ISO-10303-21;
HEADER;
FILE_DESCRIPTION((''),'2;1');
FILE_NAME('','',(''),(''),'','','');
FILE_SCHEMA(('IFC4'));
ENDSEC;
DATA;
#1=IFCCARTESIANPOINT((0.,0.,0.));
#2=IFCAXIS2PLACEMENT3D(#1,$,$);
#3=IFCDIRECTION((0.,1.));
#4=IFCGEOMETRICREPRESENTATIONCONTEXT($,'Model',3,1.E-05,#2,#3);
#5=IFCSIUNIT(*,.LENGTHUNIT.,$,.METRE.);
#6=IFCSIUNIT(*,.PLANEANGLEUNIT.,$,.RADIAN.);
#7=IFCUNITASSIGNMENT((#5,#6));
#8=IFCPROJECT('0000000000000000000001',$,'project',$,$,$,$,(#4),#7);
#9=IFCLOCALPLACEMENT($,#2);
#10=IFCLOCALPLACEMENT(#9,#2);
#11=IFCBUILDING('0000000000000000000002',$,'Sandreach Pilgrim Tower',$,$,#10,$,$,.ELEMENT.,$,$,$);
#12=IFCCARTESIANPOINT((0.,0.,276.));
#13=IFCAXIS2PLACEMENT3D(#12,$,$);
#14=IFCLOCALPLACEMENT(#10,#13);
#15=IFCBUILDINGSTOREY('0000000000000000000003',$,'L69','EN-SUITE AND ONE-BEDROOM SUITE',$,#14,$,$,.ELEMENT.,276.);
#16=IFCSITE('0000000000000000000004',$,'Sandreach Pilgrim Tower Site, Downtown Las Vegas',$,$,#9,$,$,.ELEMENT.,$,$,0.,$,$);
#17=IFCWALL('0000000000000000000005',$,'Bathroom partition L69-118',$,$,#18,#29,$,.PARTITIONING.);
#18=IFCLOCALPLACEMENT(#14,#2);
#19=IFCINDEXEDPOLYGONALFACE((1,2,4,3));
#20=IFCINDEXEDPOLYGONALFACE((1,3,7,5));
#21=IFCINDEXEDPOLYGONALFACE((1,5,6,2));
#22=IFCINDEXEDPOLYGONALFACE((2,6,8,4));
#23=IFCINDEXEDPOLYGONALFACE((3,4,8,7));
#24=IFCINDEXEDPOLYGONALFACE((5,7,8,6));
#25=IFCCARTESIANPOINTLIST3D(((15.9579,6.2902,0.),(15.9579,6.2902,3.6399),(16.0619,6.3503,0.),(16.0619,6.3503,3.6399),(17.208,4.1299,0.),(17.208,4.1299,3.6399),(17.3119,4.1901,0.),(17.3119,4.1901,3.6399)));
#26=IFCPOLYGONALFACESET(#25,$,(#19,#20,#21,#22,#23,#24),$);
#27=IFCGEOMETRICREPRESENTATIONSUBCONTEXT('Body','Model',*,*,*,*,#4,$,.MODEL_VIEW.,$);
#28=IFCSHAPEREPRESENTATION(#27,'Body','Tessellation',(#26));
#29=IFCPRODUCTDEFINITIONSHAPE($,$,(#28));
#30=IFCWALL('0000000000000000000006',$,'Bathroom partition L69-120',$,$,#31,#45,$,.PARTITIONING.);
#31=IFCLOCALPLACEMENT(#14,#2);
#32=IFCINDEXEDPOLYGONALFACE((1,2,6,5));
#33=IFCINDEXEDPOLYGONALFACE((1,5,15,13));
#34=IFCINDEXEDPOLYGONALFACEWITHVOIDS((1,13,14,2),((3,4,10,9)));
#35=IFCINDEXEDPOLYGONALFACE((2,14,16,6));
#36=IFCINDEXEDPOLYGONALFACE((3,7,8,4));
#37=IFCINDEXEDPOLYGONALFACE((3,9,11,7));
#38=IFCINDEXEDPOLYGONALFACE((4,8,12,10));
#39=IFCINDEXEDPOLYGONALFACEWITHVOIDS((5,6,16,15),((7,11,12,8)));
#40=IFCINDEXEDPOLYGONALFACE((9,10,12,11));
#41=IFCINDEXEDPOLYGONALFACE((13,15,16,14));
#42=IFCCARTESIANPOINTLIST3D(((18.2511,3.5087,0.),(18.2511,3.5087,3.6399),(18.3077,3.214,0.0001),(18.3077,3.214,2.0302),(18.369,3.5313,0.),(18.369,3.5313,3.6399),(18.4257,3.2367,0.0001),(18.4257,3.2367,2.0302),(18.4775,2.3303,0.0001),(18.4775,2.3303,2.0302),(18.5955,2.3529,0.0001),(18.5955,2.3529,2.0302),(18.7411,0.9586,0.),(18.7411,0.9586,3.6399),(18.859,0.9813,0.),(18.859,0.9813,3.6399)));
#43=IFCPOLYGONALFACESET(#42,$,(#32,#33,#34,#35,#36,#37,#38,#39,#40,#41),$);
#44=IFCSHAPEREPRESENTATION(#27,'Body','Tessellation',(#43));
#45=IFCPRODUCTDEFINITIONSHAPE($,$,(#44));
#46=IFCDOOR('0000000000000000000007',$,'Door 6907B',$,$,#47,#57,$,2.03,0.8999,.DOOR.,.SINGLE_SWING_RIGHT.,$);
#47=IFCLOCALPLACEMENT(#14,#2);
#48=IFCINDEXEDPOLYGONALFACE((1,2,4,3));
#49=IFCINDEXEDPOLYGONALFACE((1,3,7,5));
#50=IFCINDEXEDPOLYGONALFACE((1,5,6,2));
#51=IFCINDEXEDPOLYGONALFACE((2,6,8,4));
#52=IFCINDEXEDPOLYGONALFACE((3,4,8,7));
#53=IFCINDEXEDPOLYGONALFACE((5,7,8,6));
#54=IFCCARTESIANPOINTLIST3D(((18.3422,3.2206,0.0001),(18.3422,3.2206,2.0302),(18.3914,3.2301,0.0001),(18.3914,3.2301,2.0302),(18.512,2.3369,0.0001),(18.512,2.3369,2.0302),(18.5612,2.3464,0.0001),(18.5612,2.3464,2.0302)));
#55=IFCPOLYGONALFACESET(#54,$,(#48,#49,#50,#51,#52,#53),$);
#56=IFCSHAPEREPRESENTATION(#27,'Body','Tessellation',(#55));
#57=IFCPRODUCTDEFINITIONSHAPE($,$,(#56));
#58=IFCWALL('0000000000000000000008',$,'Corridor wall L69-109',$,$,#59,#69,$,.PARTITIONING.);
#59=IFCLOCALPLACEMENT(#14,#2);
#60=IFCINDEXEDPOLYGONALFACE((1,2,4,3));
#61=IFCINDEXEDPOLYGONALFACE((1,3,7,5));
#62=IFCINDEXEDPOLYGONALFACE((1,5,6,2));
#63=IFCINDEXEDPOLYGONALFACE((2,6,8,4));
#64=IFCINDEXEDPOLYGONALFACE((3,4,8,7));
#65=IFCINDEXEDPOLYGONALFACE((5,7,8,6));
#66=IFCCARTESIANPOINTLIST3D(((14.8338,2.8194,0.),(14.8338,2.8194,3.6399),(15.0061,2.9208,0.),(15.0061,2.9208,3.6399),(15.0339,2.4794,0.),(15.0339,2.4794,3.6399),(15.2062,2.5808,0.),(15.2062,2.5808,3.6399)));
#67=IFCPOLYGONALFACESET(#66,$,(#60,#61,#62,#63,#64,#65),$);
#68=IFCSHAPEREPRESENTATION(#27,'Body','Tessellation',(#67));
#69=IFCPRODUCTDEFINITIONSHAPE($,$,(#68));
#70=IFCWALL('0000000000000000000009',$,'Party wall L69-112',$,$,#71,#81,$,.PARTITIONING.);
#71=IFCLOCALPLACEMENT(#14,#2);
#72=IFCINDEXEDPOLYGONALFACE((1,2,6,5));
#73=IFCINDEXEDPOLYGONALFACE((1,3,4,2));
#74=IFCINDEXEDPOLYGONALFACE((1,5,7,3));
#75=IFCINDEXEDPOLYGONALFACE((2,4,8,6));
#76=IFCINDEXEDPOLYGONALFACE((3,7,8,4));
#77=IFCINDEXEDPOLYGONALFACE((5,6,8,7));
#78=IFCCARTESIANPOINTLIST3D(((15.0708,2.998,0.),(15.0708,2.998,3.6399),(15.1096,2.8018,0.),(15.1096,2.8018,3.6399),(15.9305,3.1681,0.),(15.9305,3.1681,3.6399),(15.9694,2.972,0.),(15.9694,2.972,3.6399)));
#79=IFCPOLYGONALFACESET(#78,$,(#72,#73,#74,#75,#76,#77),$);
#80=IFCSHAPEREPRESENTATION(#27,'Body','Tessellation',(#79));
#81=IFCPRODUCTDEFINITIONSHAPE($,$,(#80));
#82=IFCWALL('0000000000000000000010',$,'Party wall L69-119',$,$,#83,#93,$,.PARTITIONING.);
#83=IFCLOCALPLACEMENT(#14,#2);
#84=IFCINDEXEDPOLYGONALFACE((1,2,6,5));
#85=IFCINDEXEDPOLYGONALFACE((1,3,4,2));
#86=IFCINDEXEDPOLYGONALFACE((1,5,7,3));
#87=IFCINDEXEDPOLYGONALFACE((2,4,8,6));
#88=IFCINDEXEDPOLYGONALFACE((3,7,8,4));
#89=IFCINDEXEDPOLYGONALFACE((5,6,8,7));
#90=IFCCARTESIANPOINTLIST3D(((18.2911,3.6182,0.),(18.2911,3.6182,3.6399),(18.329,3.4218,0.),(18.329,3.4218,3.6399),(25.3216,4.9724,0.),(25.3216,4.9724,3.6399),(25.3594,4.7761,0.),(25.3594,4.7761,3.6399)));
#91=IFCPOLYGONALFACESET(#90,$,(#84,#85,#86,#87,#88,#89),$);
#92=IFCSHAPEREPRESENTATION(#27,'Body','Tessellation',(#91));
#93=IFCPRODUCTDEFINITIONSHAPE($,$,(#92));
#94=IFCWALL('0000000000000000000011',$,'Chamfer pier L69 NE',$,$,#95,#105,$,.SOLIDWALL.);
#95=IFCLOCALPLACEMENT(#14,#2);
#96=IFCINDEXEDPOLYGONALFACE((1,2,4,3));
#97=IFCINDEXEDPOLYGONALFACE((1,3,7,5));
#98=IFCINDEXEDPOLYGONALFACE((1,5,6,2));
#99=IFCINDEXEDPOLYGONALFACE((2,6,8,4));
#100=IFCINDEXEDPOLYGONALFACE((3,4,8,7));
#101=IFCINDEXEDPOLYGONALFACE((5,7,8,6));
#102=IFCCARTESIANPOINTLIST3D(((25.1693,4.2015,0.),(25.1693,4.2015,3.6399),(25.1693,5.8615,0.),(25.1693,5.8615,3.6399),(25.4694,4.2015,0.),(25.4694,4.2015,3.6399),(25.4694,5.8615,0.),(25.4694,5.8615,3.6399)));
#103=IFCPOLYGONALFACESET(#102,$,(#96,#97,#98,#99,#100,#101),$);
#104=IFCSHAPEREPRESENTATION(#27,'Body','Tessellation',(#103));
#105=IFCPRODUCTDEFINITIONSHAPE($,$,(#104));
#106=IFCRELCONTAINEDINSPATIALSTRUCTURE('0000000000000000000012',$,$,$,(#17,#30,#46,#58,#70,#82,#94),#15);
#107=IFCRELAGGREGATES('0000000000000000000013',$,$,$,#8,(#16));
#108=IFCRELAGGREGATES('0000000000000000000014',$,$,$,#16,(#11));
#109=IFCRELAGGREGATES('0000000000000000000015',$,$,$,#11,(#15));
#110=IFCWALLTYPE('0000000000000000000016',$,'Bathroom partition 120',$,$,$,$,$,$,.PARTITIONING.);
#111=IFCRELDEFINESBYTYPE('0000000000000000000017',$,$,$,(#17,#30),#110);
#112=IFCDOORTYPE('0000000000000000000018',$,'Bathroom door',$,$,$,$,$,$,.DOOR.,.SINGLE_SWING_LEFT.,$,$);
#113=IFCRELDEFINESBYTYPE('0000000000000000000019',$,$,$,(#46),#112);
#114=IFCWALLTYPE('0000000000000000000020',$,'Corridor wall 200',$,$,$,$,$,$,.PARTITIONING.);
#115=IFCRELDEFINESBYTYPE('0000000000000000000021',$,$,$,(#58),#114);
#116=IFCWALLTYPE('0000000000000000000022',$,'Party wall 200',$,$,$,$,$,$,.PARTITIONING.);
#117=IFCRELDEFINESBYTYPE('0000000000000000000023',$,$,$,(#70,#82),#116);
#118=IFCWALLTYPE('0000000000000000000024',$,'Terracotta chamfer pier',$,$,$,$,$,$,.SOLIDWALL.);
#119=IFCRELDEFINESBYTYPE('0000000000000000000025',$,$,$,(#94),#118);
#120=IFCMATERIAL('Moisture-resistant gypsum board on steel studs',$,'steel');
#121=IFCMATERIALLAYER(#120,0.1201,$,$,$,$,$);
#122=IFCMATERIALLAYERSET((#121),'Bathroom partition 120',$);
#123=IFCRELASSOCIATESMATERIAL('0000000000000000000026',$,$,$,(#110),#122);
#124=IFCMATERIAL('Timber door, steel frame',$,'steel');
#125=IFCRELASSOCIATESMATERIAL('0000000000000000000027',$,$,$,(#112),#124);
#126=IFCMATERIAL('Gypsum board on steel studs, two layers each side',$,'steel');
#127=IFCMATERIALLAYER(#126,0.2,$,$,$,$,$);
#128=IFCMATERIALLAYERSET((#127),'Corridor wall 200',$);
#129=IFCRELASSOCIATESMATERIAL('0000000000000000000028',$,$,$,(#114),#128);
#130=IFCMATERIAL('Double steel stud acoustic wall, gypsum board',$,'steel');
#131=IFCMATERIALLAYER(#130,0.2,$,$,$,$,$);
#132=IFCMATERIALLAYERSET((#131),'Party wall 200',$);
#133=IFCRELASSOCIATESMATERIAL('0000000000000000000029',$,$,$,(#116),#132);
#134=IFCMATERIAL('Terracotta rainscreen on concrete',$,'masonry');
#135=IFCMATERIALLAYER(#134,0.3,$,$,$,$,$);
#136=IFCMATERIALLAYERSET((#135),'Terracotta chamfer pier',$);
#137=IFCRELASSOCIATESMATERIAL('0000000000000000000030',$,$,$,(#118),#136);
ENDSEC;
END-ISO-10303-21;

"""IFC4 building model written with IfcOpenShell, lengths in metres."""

from ifc_helpers import new_model, si_unit, direction, frame, frame_2d, origin, place, context, subcontext, project, spatial, rectangle, extrude, material, layer, layer_set, type_object, element, fill, save


model = new_model("IFC4")

# Units and contexts
model_context = context("Model", 3, precision=1e-05, world=origin(), true_north=direction((0.0, 1.0)))
body_context = subcontext(model_context, "Body", "Model", "MODEL_VIEW")
ifc_project = project(units=[si_unit("LENGTHUNIT", "METRE"), si_unit("PLANEANGLEUNIT", "RADIAN")], contexts=[model_context])

# Site, building, storey
site_placement = place(None, origin())
site = spatial("IfcSite", under=ifc_project, at=site_placement, Name="Sandreach Pilgrim Tower Site, Downtown Las Vegas", CompositionType="ELEMENT", RefElevation=0.0)
building_placement = place(site_placement, origin())
building = spatial("IfcBuilding", under=site, at=building_placement, Name="Sandreach Pilgrim Tower", CompositionType="ELEMENT")
storey_placement = place(building_placement, frame((0.0, 0.0, 276.0)))
storey = spatial("IfcBuildingStorey", under=building, at=storey_placement, Name="L69", Description="EN-SUITE AND ONE-BEDROOM SUITE", CompositionType="ELEMENT", Elevation=276.0)

# Shared definitions
ifc_material_1 = material(Name="Moisture-resistant gypsum board on steel studs", Category="steel")
ifc_layer_1 = layer(ifc_material_1, 0.1201)
ifc_layer_set_1 = layer_set([ifc_layer_1], Name="Bathroom partition 120")
wall_type_1 = type_object("IfcWallType", Name="Bathroom partition 120", PredefinedType="PARTITIONING", material=ifc_layer_set_1)

# Shared definitions
ifc_material_2 = material(Name="Timber door, steel frame", Category="steel")
door_type_1 = type_object("IfcDoorType", Name="Bathroom door", OperationType="SINGLE_SWING_LEFT", PredefinedType="DOOR", material=ifc_material_2)

# Wall
wall_1_placement = place(storey_placement, frame((17.26, 4.1599, 0.0), z_axis=(0.0, 0.0, 1.0), x_axis=(-0.500851, 0.865533, 0.0)))
element("IfcWall", 1, at=wall_1_placement, inside=storey, type_object=wall_type_1, Name="Bathroom partition L69-118", PredefinedType="PARTITIONING", context=body_context, shape_type="SweptSolid", body=[
    extrude(rectangle(XDim=2.4958, YDim=0.1201, at=frame_2d((1.248, 0.0))), origin(), (0.0, 0.0, 1.0), 3.6399),
])

# Wall, opening, door
wall_2_placement = place(storey_placement, frame((18.8, 0.97, 0.0), z_axis=(0.0, 0.0, 1.0), x_axis=(-0.188697, 0.982035, 0.0)))
wall_2 = element("IfcWall", 2, at=wall_2_placement, inside=storey, type_object=wall_type_1, Name="Bathroom partition L69-120", PredefinedType="PARTITIONING", context=body_context, shape_type="SweptSolid", body=[
    extrude(rectangle(XDim=2.5967, YDim=0.1201, at=frame_2d((1.2983, 0.0))), origin(), (0.0, 0.0, 1.0), 3.6399),
])
opening_1_placement = place(wall_2_placement, frame((1.3967, 0.0, 0.0)))
opening_1 = element("IfcOpeningElement", 3, at=opening_1_placement, cuts=wall_2, PredefinedType="OPENING", context=body_context, shape_type="SweptSolid", body=[
    extrude(rectangle(XDim=0.8999, YDim=2.03, at=frame_2d((0.45, 1.0151))), frame((0.0, 0.0601, 0.0), z_axis=(0.0, -1.0, 0.0), x_axis=(1.0, 0.0, 0.0)), (0.0, 0.0, 1.0), 0.1201),
])
door_1_placement = place(opening_1_placement, origin())
door_1 = element("IfcDoor", 4, at=door_1_placement, inside=storey, type_object=door_type_1, Name="Door 6907B", OperationType="SINGLE_SWING_RIGHT", OverallHeight=2.03, OverallWidth=0.8999, PredefinedType="DOOR", context=body_context, shape_type="SweptSolid", body=[
    extrude(rectangle(XDim=0.8999, YDim=2.03, at=frame_2d((0.45, 1.0151))), frame((0.0, 0.0249, 0.0), z_axis=(0.0, -1.0, 0.0), x_axis=(1.0, 0.0, 0.0)), (0.0, 0.0, 1.0), 0.05),
])
fill(opening_1, door_1)
ifc_material_3 = material(Name="Gypsum board on steel studs, two layers each side", Category="steel")
ifc_layer_2 = layer(ifc_material_3, 0.2)
ifc_layer_set_2 = layer_set([ifc_layer_2], Name="Corridor wall 200")
wall_type_2 = type_object("IfcWallType", Name="Corridor wall 200", PredefinedType="PARTITIONING", material=ifc_layer_set_2)

# Walls
wall_3_placement = place(storey_placement, frame((14.9199, 2.8701, 0.0), z_axis=(0.0, 0.0, 1.0), x_axis=(0.50729, -0.861775, 0.0)))
element("IfcWall", 5, at=wall_3_placement, inside=storey, type_object=wall_type_2, Name="Corridor wall L69-109", PredefinedType="PARTITIONING", context=body_context, shape_type="SweptSolid", body=[
    extrude(rectangle(XDim=0.3945, YDim=0.2, at=frame_2d((0.1973, 0.0))), origin(), (0.0, 0.0, 1.0), 3.6399),
])
ifc_material_4 = material(Name="Double steel stud acoustic wall, gypsum board", Category="steel")
ifc_layer_3 = layer(ifc_material_4, 0.2)
ifc_layer_set_3 = layer_set([ifc_layer_3], Name="Party wall 200")
wall_type_3 = type_object("IfcWallType", Name="Party wall 200", PredefinedType="PARTITIONING", material=ifc_layer_set_3)
wall_4_placement = place(storey_placement, frame((15.95, 3.0701, 0.0), z_axis=(0.0, 0.0, 1.0), x_axis=(-0.980975, -0.194134, 0.0)))
element("IfcWall", 6, at=wall_4_placement, inside=storey, type_object=wall_type_3, Name="Party wall L69-112", PredefinedType="PARTITIONING", context=body_context, shape_type="SweptSolid", body=[
    extrude(rectangle(XDim=0.8765, YDim=0.2, at=frame_2d((0.4382, 0.0))), origin(), (0.0, 0.0, 1.0), 3.6399),
])
wall_5_placement = place(storey_placement, frame((18.3101, 3.52, 0.0), z_axis=(0.0, 0.0, 1.0), x_axis=(0.981949, 0.189147, 0.0)))
element("IfcWall", 7, at=wall_5_placement, inside=storey, type_object=wall_type_3, Name="Party wall L69-119", PredefinedType="PARTITIONING", context=body_context, shape_type="SweptSolid", body=[
    extrude(rectangle(XDim=7.1597, YDim=0.2, at=frame_2d((3.5798, 0.0))), origin(), (0.0, 0.0, 1.0), 3.6399),
])
ifc_material_5 = material(Name="Terracotta rainscreen on concrete", Category="masonry")
ifc_layer_4 = layer(ifc_material_5, 0.3)
ifc_layer_set_4 = layer_set([ifc_layer_4], Name="Terracotta chamfer pier")
wall_type_4 = type_object("IfcWallType", Name="Terracotta chamfer pier", PredefinedType="SOLIDWALL", material=ifc_layer_set_4)
wall_6_placement = place(storey_placement, frame((25.3193, 5.8616, 0.0), z_axis=(0.0, 0.0, 1.0), x_axis=(0.0, -1.0, 0.0)))
element("IfcWall", 8, at=wall_6_placement, inside=storey, type_object=wall_type_4, Name="Chamfer pier L69 NE", PredefinedType="SOLIDWALL", context=body_context, shape_type="SweptSolid", body=[
    extrude(rectangle(XDim=1.6599, YDim=0.3, at=frame_2d((0.8301, 0.0))), origin(), (0.0, 0.0, 1.0), 3.6399),
])

save(model, "model.ifc")
